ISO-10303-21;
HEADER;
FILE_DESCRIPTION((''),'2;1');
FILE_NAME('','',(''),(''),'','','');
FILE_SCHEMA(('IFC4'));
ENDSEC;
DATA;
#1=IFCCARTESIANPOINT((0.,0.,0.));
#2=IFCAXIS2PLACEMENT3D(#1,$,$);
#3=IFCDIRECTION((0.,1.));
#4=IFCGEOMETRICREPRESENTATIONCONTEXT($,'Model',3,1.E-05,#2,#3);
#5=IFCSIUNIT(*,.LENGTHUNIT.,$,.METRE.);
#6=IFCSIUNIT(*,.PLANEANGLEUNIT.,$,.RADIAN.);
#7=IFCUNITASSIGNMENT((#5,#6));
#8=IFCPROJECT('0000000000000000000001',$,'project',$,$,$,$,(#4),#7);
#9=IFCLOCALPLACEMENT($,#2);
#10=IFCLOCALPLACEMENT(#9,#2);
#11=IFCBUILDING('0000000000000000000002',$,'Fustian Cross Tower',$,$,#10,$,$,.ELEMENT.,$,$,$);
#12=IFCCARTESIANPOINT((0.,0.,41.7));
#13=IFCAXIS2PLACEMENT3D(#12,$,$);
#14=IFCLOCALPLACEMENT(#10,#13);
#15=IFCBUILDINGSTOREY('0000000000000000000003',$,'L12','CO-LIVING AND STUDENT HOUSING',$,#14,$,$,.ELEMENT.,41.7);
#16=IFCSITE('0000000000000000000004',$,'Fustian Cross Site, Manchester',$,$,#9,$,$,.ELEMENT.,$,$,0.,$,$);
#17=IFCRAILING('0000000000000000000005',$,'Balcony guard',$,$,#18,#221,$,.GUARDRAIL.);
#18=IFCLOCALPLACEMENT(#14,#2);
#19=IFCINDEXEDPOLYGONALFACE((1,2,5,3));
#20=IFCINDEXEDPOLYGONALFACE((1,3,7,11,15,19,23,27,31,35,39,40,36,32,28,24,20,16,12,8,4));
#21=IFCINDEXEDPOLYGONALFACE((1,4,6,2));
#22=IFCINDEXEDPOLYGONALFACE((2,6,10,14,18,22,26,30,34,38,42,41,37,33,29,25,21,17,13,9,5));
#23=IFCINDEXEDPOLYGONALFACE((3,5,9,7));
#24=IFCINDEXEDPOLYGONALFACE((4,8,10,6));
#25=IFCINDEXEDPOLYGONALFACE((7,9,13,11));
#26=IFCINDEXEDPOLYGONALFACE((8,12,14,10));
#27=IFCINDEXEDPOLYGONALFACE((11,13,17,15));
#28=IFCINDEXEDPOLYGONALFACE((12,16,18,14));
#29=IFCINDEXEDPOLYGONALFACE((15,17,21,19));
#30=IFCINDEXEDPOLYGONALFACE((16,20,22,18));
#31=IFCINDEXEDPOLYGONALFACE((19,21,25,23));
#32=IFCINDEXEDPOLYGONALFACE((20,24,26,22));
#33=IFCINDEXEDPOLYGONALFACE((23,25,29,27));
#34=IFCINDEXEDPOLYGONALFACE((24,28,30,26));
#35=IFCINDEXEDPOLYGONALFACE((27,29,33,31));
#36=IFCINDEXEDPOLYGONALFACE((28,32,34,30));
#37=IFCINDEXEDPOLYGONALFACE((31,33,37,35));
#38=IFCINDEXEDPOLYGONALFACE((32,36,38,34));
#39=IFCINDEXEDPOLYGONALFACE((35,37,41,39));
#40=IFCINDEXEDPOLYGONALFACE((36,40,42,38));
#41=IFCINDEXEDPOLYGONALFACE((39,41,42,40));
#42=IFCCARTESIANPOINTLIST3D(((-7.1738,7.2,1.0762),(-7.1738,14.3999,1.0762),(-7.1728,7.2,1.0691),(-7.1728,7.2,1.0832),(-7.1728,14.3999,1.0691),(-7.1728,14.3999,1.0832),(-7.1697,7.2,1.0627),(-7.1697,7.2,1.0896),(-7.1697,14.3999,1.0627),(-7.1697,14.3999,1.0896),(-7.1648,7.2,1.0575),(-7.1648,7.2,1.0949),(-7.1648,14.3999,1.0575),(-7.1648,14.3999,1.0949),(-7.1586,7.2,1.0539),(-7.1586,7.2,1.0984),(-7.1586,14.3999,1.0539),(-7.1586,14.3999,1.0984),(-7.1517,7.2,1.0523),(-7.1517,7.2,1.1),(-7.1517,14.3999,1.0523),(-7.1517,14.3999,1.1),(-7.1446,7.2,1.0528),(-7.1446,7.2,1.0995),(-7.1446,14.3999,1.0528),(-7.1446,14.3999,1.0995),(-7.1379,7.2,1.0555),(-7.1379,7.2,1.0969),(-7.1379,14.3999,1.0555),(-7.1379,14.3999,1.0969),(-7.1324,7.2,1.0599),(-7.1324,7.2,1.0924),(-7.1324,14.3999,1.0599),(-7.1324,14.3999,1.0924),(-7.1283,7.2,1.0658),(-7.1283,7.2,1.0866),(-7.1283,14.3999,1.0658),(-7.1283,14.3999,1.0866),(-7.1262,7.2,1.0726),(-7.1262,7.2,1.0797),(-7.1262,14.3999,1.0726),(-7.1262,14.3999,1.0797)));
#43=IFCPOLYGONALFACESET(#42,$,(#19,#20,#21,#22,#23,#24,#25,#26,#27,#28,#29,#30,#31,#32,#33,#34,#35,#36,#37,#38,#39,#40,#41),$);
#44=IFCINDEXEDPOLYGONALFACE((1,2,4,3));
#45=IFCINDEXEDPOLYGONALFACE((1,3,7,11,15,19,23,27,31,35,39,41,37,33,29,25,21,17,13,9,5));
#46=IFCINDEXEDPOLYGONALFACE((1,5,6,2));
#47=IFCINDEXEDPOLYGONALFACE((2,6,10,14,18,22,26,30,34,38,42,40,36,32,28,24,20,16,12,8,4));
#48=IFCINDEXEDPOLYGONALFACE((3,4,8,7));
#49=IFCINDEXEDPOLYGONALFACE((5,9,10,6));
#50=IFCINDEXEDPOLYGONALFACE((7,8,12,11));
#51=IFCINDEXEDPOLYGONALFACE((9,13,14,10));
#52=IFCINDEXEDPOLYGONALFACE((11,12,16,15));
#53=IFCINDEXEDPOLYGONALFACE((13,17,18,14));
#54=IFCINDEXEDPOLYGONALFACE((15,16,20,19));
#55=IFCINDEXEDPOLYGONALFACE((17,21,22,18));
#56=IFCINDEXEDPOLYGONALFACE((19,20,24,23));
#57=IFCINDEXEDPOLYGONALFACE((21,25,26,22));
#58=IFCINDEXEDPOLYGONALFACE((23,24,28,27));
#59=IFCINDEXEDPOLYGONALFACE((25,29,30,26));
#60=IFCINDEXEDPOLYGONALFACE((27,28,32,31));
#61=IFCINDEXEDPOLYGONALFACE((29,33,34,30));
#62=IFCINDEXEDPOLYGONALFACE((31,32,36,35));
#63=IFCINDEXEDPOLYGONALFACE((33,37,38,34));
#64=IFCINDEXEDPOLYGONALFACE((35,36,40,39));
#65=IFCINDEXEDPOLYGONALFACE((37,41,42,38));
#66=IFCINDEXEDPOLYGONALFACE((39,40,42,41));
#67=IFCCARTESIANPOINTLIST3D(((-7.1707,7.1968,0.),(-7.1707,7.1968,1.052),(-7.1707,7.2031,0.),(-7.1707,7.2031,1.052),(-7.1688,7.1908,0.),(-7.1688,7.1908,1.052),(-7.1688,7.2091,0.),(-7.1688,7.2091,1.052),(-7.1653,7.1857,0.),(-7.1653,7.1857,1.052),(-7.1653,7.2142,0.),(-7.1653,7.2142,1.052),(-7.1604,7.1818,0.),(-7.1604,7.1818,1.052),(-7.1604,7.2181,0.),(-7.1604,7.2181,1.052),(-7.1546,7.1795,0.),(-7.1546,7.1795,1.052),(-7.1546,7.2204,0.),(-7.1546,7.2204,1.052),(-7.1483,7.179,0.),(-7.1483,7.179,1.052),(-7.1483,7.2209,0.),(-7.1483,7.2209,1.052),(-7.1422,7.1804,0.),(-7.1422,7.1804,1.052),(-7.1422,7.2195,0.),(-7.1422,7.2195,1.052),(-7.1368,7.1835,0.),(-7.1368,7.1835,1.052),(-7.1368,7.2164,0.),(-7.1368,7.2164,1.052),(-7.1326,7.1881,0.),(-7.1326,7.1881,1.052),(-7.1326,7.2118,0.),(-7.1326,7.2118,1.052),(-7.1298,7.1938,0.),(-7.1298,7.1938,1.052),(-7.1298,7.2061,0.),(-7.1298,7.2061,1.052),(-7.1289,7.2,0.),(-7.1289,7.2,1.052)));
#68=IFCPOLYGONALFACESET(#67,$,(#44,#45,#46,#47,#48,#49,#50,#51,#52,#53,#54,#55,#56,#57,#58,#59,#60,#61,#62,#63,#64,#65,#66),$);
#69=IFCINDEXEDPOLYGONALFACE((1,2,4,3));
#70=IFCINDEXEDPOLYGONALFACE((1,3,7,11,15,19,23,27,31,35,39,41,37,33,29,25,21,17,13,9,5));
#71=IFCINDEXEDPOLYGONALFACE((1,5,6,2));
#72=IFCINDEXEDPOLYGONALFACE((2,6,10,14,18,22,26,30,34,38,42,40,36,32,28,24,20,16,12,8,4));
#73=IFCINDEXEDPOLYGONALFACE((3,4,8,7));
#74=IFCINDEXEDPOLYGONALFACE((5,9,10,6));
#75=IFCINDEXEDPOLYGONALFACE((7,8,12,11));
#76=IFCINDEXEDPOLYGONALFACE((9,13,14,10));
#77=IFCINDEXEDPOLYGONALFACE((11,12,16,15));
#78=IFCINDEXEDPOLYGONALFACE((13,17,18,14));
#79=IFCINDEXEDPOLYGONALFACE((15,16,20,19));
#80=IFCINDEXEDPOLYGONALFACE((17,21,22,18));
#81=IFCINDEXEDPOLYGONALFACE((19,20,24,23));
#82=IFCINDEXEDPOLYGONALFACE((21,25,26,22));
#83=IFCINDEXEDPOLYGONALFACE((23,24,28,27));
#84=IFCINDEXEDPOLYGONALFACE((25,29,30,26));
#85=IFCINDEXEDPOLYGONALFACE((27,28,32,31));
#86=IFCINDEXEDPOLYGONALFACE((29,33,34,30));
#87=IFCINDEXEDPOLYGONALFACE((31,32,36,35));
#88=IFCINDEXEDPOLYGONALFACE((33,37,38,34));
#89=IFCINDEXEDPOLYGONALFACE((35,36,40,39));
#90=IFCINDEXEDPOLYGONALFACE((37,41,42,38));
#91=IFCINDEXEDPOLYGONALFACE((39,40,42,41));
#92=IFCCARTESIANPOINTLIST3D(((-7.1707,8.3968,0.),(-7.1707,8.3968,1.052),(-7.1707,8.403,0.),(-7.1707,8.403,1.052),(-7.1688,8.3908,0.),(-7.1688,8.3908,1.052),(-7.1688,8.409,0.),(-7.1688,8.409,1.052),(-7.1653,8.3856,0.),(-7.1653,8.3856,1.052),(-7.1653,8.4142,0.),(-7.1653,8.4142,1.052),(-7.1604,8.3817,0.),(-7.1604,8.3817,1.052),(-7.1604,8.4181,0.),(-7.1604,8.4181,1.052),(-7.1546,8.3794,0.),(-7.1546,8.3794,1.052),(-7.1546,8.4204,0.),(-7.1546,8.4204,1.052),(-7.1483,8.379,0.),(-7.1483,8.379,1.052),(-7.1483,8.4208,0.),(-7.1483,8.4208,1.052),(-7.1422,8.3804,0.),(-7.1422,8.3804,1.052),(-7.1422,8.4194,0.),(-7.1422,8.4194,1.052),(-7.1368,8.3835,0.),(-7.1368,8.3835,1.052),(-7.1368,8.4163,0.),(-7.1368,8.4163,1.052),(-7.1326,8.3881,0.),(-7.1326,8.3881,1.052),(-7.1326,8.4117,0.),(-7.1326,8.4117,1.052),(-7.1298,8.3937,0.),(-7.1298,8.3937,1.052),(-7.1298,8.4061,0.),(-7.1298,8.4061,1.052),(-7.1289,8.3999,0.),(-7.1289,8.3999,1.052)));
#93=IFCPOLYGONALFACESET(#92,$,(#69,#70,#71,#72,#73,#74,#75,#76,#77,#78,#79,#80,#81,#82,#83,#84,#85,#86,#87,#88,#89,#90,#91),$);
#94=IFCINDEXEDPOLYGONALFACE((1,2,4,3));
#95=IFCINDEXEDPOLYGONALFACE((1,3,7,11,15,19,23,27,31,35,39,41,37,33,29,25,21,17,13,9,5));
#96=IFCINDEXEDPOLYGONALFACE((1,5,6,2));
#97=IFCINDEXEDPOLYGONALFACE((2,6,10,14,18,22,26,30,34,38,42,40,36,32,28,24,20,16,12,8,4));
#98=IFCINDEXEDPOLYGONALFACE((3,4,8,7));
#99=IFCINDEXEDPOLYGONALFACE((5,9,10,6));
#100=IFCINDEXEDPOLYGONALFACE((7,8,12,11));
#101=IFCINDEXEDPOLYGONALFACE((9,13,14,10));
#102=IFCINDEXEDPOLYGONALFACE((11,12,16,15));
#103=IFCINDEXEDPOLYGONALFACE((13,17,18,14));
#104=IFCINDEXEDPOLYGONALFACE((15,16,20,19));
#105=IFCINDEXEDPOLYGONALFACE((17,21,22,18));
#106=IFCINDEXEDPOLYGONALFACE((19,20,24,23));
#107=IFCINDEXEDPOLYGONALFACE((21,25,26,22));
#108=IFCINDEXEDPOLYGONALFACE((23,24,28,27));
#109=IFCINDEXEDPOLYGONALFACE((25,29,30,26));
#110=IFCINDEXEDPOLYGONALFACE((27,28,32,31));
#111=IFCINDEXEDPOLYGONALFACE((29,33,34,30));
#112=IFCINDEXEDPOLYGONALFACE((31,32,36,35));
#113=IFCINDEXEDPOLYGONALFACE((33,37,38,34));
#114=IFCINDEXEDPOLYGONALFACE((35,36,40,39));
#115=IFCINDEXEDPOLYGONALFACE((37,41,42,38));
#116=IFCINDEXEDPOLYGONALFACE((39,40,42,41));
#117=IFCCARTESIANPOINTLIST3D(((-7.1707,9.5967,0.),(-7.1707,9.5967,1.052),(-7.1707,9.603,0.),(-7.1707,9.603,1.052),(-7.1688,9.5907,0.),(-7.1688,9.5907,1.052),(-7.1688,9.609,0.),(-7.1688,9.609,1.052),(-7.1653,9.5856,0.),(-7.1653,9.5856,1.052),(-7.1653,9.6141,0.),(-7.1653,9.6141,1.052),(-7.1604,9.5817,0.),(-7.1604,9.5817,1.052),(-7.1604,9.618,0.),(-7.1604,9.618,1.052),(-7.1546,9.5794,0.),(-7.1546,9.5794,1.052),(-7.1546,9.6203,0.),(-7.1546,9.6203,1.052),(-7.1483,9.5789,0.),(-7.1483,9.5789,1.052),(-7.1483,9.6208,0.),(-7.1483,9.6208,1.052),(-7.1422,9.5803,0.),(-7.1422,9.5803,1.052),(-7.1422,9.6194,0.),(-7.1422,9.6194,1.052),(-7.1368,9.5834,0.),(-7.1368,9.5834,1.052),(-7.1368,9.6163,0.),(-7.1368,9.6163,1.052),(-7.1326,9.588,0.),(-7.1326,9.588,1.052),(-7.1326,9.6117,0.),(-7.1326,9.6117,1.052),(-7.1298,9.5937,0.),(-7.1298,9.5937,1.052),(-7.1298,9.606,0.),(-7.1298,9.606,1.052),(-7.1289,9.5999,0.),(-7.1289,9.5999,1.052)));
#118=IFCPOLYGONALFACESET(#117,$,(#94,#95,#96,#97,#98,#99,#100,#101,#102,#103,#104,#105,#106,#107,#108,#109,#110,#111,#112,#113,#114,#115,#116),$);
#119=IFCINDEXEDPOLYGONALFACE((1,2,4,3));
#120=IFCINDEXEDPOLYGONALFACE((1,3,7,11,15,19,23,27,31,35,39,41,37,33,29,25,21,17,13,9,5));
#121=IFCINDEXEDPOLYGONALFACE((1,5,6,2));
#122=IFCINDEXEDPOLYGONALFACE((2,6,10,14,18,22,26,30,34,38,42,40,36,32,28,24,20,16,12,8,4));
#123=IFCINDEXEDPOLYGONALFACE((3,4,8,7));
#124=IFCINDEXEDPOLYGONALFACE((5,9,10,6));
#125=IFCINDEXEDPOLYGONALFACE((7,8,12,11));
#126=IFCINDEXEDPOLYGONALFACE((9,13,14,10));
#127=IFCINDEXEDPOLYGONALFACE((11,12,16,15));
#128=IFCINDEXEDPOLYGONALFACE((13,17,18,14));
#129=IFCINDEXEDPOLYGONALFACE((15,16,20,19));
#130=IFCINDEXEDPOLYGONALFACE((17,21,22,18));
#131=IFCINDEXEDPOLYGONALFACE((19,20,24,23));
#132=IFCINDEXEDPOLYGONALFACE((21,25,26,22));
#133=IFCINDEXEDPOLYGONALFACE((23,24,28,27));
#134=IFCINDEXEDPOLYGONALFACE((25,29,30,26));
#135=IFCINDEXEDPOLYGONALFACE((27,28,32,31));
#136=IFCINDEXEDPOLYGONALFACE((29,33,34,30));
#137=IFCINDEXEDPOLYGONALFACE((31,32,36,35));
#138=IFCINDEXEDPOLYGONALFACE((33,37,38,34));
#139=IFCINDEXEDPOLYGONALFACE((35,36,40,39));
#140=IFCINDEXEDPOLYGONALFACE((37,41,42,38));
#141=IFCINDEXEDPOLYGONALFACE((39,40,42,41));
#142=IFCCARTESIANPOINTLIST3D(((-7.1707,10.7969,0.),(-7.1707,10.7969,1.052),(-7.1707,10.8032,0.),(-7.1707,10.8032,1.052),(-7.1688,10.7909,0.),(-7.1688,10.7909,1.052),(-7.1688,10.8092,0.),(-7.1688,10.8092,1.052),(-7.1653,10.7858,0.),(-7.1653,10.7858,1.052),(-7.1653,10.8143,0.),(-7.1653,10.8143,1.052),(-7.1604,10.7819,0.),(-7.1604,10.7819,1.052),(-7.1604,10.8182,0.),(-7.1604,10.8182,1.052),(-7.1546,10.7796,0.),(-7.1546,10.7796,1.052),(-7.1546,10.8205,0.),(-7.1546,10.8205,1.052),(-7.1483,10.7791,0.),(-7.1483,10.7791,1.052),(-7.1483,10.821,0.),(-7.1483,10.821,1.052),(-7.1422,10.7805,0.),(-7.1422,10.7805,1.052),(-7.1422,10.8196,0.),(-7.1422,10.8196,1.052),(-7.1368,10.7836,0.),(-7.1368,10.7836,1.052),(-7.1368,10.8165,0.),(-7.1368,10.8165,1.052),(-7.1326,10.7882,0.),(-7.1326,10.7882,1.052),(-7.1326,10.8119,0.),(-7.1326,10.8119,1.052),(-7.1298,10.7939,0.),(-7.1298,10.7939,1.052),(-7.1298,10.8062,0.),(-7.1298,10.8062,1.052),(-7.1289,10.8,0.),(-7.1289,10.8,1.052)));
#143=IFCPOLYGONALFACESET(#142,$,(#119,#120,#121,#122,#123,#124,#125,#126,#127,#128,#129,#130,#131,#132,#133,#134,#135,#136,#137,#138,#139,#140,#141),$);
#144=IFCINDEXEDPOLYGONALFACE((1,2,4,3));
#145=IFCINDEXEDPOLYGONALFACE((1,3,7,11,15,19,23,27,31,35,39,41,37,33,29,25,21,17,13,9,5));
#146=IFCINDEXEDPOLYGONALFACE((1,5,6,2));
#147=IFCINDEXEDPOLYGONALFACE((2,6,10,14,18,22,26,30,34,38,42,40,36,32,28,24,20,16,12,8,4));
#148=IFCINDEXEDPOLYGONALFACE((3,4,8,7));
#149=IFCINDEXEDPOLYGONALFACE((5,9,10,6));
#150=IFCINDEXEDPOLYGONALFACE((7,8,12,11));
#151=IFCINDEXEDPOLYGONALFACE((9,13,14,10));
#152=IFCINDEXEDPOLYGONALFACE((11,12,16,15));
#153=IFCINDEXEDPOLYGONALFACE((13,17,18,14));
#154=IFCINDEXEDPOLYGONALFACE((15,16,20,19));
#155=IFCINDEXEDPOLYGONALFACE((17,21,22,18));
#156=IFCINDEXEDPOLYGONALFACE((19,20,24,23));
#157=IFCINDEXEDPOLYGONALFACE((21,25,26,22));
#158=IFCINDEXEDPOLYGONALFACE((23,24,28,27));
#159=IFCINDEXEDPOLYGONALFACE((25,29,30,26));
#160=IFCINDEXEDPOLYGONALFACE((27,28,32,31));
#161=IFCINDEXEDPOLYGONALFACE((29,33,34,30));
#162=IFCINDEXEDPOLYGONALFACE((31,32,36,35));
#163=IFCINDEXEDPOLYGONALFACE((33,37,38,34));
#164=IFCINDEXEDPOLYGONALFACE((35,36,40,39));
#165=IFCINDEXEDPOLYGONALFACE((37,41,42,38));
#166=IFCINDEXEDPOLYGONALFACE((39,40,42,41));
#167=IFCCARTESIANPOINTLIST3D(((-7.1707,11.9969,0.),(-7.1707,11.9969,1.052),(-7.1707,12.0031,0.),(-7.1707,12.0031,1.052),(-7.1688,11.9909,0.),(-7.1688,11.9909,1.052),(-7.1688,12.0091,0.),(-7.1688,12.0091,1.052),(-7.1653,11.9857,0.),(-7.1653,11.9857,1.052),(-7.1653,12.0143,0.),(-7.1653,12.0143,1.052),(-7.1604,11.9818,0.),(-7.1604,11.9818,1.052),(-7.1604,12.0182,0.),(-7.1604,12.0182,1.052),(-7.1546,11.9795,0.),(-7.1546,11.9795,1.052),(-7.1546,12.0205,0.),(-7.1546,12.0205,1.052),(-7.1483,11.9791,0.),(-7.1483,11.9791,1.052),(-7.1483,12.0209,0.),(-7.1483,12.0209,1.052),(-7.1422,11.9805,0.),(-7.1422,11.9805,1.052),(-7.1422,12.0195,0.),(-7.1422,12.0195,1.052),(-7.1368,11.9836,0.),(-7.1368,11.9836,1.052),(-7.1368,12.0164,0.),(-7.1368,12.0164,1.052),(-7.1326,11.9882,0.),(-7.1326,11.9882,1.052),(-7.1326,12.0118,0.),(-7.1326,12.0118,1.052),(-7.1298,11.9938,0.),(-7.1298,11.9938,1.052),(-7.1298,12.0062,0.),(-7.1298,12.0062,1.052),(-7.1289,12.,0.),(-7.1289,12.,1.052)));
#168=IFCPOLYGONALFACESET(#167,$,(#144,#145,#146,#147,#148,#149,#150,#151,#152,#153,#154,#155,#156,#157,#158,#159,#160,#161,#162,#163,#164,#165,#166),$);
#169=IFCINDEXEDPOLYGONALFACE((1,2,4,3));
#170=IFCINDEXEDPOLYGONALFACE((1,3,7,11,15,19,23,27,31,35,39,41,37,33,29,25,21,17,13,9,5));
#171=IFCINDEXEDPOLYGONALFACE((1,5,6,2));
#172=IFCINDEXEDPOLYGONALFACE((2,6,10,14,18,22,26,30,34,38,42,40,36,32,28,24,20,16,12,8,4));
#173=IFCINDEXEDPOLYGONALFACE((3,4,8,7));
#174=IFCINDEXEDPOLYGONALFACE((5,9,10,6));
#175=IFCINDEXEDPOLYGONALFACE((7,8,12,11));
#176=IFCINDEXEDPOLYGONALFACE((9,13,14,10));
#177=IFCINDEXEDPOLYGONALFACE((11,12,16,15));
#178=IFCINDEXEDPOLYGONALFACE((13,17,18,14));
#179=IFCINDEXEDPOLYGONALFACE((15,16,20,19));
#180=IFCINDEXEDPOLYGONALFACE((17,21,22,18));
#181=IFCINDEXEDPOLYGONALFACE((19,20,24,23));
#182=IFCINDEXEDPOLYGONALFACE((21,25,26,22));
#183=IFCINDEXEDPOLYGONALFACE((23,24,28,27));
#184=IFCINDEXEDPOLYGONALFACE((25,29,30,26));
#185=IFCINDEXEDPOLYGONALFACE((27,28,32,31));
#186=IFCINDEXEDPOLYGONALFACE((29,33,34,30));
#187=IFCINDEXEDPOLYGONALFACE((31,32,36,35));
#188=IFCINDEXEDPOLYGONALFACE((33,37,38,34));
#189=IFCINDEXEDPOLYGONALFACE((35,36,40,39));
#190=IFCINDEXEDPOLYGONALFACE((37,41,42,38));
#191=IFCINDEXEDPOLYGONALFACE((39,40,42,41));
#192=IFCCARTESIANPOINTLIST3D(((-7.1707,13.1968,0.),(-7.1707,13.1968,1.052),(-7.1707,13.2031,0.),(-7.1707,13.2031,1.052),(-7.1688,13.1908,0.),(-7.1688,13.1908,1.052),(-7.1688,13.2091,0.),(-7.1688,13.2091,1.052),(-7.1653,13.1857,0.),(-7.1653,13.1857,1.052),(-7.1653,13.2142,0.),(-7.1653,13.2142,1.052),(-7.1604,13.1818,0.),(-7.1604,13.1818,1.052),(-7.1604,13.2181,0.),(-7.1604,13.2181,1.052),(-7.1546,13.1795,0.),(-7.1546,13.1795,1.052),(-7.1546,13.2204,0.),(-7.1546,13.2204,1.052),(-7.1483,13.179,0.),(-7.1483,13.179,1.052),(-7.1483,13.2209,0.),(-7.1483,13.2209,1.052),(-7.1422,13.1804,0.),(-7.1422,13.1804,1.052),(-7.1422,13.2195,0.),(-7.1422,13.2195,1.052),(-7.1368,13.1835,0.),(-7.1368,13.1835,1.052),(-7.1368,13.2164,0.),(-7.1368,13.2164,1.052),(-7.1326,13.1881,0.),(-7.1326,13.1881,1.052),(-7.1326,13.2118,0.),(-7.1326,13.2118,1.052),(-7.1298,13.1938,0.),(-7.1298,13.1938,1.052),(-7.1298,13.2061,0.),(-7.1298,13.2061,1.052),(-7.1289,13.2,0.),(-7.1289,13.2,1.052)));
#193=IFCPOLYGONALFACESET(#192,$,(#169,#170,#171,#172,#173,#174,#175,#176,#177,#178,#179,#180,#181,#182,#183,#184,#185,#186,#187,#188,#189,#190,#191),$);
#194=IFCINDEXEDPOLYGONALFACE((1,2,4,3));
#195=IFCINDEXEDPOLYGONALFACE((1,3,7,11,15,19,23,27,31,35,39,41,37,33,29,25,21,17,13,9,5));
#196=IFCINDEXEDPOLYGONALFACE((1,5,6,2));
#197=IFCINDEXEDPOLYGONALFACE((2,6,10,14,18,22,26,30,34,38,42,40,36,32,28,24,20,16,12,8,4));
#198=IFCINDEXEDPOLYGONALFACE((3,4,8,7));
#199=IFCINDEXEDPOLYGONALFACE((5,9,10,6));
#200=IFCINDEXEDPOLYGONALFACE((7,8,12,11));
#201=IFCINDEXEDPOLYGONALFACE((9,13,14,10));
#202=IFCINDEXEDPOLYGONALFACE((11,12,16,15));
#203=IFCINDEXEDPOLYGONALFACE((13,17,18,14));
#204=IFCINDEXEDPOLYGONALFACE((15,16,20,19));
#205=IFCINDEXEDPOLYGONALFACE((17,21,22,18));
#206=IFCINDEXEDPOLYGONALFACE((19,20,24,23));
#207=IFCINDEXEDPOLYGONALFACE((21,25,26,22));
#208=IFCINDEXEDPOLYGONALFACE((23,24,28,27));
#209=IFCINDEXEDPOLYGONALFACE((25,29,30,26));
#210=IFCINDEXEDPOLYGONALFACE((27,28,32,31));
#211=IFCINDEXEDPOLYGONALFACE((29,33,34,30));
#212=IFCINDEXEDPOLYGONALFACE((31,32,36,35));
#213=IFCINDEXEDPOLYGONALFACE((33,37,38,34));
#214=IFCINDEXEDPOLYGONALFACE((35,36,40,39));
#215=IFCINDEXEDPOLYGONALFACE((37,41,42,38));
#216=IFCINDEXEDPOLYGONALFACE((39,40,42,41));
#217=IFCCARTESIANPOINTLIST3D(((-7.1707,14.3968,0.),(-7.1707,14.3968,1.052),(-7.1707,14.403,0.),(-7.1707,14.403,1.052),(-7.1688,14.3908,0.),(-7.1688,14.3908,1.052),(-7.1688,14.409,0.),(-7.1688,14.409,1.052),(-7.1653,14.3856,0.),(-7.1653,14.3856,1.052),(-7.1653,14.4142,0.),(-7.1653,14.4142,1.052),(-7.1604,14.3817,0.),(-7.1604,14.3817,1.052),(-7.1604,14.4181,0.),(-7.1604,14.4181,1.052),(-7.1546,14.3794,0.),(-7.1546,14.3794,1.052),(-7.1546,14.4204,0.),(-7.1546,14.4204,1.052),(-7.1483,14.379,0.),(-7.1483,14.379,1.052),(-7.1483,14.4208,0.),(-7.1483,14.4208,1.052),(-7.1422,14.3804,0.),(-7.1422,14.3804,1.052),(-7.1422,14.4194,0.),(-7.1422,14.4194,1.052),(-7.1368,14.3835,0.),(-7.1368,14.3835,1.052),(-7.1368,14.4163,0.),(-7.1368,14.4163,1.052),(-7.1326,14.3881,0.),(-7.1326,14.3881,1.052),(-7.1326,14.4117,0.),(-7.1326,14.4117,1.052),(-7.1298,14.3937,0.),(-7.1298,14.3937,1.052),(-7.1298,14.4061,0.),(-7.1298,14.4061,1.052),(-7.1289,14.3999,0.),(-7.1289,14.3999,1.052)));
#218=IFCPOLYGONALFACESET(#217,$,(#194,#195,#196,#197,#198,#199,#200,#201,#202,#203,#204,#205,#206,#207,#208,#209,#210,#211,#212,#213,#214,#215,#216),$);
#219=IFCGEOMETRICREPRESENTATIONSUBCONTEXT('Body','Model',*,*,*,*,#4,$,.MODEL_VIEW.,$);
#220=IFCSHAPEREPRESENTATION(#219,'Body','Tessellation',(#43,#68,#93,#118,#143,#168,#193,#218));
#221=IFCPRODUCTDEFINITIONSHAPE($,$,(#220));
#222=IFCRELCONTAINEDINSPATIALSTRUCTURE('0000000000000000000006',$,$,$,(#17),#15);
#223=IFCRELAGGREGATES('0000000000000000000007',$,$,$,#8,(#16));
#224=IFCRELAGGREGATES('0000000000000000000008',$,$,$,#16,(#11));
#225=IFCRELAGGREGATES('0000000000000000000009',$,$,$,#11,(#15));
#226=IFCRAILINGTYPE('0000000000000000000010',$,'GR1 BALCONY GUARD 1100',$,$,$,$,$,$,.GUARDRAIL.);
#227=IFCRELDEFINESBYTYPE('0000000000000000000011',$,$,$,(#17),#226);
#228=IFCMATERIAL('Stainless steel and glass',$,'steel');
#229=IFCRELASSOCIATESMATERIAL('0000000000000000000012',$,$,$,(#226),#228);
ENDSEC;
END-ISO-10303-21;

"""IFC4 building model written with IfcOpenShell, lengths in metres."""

from ifc_helpers import new_model, si_unit, direction, frame, origin, origin_2d, place, context, subcontext, project, spatial, circle, extrude, material, type_object, element, save


model = new_model("IFC4")

# Units and contexts
model_context = context("Model", 3, precision=1e-05, world=origin(), true_north=direction((0.0, 1.0)))
body_context = subcontext(model_context, "Body", "Model", "MODEL_VIEW")
ifc_project = project(units=[si_unit("LENGTHUNIT", "METRE"), si_unit("PLANEANGLEUNIT", "RADIAN")], contexts=[model_context])

# Site, building, storey
site_placement = place(None, origin())
site = spatial("IfcSite", under=ifc_project, at=site_placement, Name="Fustian Cross Site, Manchester", CompositionType="ELEMENT", RefElevation=0.0)
building_placement = place(site_placement, origin())
building = spatial("IfcBuilding", under=site, at=building_placement, Name="Fustian Cross Tower", CompositionType="ELEMENT")
storey_placement = place(building_placement, frame((0.0, 0.0, 41.7)))
storey = spatial("IfcBuildingStorey", under=building, at=storey_placement, Name="L12", Description="CO-LIVING AND STUDENT HOUSING", CompositionType="ELEMENT", Elevation=41.7)

# Railing
ifc_material_1 = material(Name="Stainless steel and glass", Category="steel")
railing_type = type_object("IfcRailingType", Name="GR1 BALCONY GUARD 1100", PredefinedType="GUARDRAIL", material=ifc_material_1)
railing_placement = place(storey_placement, frame((-7.1499, 7.2, 0.0)))
element("IfcRailing", 1, at=railing_placement, inside=storey, type_object=railing_type, Name="Balcony guard", PredefinedType="GUARDRAIL", context=body_context, shape_type="SweptSolid", body=[
    extrude(circle(Radius=0.0239, at=origin_2d()), frame((0.0, 0.0, 1.0762), z_axis=(0.0, 1.0, 0.0), x_axis=(-1.0, 0.0, 0.0)), (0.0, 0.0, 1.0), 7.2),
    extrude(circle(Radius=0.021, at=origin_2d()), origin(), (0.0, 0.0, 1.0), 1.052),
    extrude(circle(Radius=0.021, at=origin_2d()), frame((0.0, 1.2, 0.0)), (0.0, 0.0, 1.0), 1.052),
    extrude(circle(Radius=0.021, at=origin_2d()), frame((0.0, 2.3999, 0.0)), (0.0, 0.0, 1.0), 1.052),
    extrude(circle(Radius=0.021, at=origin_2d()), frame((0.0, 3.6001, 0.0)), (0.0, 0.0, 1.0), 1.052),
    extrude(circle(Radius=0.021, at=origin_2d()), frame((0.0, 4.8, 0.0)), (0.0, 0.0, 1.0), 1.052),
    extrude(circle(Radius=0.021, at=origin_2d()), frame((0.0, 6.0, 0.0)), (0.0, 0.0, 1.0), 1.052),
    extrude(circle(Radius=0.021, at=origin_2d()), frame((0.0, 7.2, 0.0)), (0.0, 0.0, 1.0), 1.052),
])

save(model, "model.ifc")
